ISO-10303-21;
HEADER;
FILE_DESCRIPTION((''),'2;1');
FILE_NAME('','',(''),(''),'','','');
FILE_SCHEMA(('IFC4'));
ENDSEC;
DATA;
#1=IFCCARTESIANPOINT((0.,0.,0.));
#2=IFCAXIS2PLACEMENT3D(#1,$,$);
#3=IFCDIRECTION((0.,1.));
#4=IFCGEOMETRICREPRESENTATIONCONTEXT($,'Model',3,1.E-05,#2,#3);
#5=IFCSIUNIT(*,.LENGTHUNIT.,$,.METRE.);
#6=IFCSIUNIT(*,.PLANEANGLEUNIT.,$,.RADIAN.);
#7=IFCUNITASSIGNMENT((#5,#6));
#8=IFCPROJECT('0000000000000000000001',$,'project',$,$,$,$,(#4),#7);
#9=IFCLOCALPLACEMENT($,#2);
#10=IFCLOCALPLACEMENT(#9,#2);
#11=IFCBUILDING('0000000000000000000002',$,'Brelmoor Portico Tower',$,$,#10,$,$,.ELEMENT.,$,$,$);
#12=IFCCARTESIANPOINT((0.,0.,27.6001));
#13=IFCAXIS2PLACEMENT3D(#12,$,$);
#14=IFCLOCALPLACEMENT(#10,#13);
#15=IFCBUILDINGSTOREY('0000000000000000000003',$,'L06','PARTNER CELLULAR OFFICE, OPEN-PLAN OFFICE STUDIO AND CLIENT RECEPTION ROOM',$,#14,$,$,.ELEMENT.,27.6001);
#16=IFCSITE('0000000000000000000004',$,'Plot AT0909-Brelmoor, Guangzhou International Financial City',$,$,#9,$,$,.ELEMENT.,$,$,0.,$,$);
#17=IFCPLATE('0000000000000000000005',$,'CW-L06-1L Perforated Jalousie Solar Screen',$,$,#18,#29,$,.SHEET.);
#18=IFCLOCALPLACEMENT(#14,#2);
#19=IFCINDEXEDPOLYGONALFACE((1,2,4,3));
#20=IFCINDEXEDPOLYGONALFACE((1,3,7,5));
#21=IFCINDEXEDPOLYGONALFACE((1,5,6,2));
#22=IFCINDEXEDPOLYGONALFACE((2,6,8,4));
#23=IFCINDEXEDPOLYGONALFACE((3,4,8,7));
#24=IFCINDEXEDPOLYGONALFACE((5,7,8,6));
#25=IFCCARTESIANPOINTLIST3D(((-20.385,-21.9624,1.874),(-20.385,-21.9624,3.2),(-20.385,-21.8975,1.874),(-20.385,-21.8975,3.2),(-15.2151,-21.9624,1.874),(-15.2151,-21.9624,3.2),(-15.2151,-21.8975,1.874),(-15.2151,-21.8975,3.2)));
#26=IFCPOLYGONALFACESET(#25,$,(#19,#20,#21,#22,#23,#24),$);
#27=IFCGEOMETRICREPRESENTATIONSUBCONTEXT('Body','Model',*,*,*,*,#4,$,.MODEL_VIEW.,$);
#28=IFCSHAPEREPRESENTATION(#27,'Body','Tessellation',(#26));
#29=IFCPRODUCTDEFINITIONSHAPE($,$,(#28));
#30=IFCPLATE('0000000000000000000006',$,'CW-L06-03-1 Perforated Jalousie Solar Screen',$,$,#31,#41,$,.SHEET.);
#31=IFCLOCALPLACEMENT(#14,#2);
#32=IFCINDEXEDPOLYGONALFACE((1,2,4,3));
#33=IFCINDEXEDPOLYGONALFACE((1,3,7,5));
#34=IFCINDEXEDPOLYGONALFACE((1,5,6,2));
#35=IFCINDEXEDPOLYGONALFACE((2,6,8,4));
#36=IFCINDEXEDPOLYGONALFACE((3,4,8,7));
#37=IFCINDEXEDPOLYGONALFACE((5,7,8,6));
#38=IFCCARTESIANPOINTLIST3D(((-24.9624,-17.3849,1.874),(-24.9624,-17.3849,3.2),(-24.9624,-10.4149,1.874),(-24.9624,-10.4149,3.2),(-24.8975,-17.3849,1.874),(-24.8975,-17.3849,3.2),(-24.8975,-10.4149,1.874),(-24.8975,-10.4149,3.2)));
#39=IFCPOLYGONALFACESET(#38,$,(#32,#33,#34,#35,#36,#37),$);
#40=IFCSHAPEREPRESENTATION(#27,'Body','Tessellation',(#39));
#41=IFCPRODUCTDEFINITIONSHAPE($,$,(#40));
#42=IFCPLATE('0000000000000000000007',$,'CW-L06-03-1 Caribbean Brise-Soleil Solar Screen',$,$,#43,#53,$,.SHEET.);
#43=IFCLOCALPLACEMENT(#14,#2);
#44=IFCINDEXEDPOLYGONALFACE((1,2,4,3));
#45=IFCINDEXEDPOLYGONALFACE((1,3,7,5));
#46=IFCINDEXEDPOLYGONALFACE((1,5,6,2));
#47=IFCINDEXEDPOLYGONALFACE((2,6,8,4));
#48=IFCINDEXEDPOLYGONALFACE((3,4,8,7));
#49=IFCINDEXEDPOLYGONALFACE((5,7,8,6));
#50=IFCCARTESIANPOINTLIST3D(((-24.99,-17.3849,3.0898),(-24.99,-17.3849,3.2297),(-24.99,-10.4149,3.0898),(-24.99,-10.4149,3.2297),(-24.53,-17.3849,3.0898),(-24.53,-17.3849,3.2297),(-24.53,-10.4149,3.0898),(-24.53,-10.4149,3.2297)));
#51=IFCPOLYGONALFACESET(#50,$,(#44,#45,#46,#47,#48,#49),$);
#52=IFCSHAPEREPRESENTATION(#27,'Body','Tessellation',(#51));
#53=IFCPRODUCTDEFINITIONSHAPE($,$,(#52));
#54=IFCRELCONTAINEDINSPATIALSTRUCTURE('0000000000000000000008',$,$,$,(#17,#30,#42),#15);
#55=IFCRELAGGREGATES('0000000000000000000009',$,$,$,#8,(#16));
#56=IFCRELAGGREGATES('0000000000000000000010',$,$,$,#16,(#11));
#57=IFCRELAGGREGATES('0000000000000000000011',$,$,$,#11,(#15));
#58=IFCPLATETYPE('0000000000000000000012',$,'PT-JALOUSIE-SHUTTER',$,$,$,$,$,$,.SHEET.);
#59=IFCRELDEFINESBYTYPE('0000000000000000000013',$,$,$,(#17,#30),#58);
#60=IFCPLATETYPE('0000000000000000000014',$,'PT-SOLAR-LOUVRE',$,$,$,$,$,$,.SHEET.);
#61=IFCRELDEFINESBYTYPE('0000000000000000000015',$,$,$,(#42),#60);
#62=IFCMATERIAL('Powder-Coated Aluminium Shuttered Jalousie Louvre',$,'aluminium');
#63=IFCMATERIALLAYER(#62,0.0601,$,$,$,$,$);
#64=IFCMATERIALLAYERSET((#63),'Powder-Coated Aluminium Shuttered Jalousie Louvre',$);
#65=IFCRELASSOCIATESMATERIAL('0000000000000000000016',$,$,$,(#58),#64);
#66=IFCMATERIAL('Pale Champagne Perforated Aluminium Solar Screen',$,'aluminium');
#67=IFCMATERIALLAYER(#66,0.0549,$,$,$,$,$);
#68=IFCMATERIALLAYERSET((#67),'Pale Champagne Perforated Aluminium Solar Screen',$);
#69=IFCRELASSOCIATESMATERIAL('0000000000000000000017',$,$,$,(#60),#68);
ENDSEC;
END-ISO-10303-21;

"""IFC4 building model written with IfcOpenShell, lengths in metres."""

from ifc_helpers import new_model, si_unit, direction, frame, origin, origin_2d, place, context, subcontext, project, spatial, rectangle, extrude, material, layer, layer_set, type_object, element, save


model = new_model("IFC4")

# Units and contexts
model_context = context("Model", 3, precision=1e-05, world=origin(), true_north=direction((0.0, 1.0)))
body_context = subcontext(model_context, "Body", "Model", "MODEL_VIEW")
ifc_project = project(units=[si_unit("LENGTHUNIT", "METRE"), si_unit("PLANEANGLEUNIT", "RADIAN")], contexts=[model_context])

# Site, building, storey
site_placement = place(None, origin())
site = spatial("IfcSite", under=ifc_project, at=site_placement, Name="Plot AT0909-Brelmoor, Guangzhou International Financial City", CompositionType="ELEMENT", RefElevation=0.0)
building_placement = place(site_placement, origin())
building = spatial("IfcBuilding", under=site, at=building_placement, Name="Brelmoor Portico Tower", CompositionType="ELEMENT")
storey_placement = place(building_placement, frame((0.0, 0.0, 27.6001)))
storey = spatial("IfcBuildingStorey", under=building, at=storey_placement, Name="L06", Description="PARTNER CELLULAR OFFICE, OPEN-PLAN OFFICE STUDIO AND CLIENT RECEPTION ROOM", CompositionType="ELEMENT", Elevation=27.6001)

# Plates
ifc_material_1 = material(Name="Powder-Coated Aluminium Shuttered Jalousie Louvre", Category="aluminium")
ifc_layer_1 = layer(ifc_material_1, 0.0601)
ifc_layer_set_1 = layer_set([ifc_layer_1], Name="Powder-Coated Aluminium Shuttered Jalousie Louvre")
plate_type_1 = type_object("IfcPlateType", Name="PT-JALOUSIE-SHUTTER", PredefinedType="SHEET", material=ifc_layer_set_1)
plate_1_placement = place(storey_placement, frame((-17.8, -21.9299, 1.874), z_axis=(0.0, 0.0, 1.0), x_axis=(1.0, 0.0, 0.0)))
element("IfcPlate", 1, at=plate_1_placement, inside=storey, type_object=plate_type_1, Name="CW-L06-1L Perforated Jalousie Solar Screen", PredefinedType="SHEET", context=body_context, shape_type="SweptSolid", body=[
    extrude(rectangle(XDim=5.1699, YDim=0.0649, at=origin_2d()), origin(), (0.0, 0.0, 1.0), 1.3259),
])
plate_2_placement = place(storey_placement, frame((-24.9299, -13.8999, 1.874), z_axis=(0.0, 0.0, 1.0), x_axis=(0.0, 1.0, 0.0)))
element("IfcPlate", 2, at=plate_2_placement, inside=storey, type_object=plate_type_1, Name="CW-L06-03-1 Perforated Jalousie Solar Screen", PredefinedType="SHEET", context=body_context, shape_type="SweptSolid", body=[
    extrude(rectangle(XDim=6.97, YDim=0.0649, at=origin_2d()), origin(), (0.0, 0.0, 1.0), 1.3259),
])
ifc_material_2 = material(Name="Pale Champagne Perforated Aluminium Solar Screen", Category="aluminium")
ifc_layer_2 = layer(ifc_material_2, 0.0549)
ifc_layer_set_2 = layer_set([ifc_layer_2], Name="Pale Champagne Perforated Aluminium Solar Screen")
plate_type_2 = type_object("IfcPlateType", Name="PT-SOLAR-LOUVRE", PredefinedType="SHEET", material=ifc_layer_set_2)
plate_3_placement = place(storey_placement, frame((-24.76, -13.8999, 3.0898), z_axis=(0.0, 0.0, 1.0), x_axis=(0.0, 1.0, 0.0)))
element("IfcPlate", 3, at=plate_3_placement, inside=storey, type_object=plate_type_2, Name="CW-L06-03-1 Caribbean Brise-Soleil Solar Screen", PredefinedType="SHEET", context=body_context, shape_type="SweptSolid", body=[
    extrude(rectangle(XDim=6.97, YDim=0.46, at=origin_2d()), origin(), (0.0, 0.0, 1.0), 0.1399),
])

save(model, "model.ifc")
